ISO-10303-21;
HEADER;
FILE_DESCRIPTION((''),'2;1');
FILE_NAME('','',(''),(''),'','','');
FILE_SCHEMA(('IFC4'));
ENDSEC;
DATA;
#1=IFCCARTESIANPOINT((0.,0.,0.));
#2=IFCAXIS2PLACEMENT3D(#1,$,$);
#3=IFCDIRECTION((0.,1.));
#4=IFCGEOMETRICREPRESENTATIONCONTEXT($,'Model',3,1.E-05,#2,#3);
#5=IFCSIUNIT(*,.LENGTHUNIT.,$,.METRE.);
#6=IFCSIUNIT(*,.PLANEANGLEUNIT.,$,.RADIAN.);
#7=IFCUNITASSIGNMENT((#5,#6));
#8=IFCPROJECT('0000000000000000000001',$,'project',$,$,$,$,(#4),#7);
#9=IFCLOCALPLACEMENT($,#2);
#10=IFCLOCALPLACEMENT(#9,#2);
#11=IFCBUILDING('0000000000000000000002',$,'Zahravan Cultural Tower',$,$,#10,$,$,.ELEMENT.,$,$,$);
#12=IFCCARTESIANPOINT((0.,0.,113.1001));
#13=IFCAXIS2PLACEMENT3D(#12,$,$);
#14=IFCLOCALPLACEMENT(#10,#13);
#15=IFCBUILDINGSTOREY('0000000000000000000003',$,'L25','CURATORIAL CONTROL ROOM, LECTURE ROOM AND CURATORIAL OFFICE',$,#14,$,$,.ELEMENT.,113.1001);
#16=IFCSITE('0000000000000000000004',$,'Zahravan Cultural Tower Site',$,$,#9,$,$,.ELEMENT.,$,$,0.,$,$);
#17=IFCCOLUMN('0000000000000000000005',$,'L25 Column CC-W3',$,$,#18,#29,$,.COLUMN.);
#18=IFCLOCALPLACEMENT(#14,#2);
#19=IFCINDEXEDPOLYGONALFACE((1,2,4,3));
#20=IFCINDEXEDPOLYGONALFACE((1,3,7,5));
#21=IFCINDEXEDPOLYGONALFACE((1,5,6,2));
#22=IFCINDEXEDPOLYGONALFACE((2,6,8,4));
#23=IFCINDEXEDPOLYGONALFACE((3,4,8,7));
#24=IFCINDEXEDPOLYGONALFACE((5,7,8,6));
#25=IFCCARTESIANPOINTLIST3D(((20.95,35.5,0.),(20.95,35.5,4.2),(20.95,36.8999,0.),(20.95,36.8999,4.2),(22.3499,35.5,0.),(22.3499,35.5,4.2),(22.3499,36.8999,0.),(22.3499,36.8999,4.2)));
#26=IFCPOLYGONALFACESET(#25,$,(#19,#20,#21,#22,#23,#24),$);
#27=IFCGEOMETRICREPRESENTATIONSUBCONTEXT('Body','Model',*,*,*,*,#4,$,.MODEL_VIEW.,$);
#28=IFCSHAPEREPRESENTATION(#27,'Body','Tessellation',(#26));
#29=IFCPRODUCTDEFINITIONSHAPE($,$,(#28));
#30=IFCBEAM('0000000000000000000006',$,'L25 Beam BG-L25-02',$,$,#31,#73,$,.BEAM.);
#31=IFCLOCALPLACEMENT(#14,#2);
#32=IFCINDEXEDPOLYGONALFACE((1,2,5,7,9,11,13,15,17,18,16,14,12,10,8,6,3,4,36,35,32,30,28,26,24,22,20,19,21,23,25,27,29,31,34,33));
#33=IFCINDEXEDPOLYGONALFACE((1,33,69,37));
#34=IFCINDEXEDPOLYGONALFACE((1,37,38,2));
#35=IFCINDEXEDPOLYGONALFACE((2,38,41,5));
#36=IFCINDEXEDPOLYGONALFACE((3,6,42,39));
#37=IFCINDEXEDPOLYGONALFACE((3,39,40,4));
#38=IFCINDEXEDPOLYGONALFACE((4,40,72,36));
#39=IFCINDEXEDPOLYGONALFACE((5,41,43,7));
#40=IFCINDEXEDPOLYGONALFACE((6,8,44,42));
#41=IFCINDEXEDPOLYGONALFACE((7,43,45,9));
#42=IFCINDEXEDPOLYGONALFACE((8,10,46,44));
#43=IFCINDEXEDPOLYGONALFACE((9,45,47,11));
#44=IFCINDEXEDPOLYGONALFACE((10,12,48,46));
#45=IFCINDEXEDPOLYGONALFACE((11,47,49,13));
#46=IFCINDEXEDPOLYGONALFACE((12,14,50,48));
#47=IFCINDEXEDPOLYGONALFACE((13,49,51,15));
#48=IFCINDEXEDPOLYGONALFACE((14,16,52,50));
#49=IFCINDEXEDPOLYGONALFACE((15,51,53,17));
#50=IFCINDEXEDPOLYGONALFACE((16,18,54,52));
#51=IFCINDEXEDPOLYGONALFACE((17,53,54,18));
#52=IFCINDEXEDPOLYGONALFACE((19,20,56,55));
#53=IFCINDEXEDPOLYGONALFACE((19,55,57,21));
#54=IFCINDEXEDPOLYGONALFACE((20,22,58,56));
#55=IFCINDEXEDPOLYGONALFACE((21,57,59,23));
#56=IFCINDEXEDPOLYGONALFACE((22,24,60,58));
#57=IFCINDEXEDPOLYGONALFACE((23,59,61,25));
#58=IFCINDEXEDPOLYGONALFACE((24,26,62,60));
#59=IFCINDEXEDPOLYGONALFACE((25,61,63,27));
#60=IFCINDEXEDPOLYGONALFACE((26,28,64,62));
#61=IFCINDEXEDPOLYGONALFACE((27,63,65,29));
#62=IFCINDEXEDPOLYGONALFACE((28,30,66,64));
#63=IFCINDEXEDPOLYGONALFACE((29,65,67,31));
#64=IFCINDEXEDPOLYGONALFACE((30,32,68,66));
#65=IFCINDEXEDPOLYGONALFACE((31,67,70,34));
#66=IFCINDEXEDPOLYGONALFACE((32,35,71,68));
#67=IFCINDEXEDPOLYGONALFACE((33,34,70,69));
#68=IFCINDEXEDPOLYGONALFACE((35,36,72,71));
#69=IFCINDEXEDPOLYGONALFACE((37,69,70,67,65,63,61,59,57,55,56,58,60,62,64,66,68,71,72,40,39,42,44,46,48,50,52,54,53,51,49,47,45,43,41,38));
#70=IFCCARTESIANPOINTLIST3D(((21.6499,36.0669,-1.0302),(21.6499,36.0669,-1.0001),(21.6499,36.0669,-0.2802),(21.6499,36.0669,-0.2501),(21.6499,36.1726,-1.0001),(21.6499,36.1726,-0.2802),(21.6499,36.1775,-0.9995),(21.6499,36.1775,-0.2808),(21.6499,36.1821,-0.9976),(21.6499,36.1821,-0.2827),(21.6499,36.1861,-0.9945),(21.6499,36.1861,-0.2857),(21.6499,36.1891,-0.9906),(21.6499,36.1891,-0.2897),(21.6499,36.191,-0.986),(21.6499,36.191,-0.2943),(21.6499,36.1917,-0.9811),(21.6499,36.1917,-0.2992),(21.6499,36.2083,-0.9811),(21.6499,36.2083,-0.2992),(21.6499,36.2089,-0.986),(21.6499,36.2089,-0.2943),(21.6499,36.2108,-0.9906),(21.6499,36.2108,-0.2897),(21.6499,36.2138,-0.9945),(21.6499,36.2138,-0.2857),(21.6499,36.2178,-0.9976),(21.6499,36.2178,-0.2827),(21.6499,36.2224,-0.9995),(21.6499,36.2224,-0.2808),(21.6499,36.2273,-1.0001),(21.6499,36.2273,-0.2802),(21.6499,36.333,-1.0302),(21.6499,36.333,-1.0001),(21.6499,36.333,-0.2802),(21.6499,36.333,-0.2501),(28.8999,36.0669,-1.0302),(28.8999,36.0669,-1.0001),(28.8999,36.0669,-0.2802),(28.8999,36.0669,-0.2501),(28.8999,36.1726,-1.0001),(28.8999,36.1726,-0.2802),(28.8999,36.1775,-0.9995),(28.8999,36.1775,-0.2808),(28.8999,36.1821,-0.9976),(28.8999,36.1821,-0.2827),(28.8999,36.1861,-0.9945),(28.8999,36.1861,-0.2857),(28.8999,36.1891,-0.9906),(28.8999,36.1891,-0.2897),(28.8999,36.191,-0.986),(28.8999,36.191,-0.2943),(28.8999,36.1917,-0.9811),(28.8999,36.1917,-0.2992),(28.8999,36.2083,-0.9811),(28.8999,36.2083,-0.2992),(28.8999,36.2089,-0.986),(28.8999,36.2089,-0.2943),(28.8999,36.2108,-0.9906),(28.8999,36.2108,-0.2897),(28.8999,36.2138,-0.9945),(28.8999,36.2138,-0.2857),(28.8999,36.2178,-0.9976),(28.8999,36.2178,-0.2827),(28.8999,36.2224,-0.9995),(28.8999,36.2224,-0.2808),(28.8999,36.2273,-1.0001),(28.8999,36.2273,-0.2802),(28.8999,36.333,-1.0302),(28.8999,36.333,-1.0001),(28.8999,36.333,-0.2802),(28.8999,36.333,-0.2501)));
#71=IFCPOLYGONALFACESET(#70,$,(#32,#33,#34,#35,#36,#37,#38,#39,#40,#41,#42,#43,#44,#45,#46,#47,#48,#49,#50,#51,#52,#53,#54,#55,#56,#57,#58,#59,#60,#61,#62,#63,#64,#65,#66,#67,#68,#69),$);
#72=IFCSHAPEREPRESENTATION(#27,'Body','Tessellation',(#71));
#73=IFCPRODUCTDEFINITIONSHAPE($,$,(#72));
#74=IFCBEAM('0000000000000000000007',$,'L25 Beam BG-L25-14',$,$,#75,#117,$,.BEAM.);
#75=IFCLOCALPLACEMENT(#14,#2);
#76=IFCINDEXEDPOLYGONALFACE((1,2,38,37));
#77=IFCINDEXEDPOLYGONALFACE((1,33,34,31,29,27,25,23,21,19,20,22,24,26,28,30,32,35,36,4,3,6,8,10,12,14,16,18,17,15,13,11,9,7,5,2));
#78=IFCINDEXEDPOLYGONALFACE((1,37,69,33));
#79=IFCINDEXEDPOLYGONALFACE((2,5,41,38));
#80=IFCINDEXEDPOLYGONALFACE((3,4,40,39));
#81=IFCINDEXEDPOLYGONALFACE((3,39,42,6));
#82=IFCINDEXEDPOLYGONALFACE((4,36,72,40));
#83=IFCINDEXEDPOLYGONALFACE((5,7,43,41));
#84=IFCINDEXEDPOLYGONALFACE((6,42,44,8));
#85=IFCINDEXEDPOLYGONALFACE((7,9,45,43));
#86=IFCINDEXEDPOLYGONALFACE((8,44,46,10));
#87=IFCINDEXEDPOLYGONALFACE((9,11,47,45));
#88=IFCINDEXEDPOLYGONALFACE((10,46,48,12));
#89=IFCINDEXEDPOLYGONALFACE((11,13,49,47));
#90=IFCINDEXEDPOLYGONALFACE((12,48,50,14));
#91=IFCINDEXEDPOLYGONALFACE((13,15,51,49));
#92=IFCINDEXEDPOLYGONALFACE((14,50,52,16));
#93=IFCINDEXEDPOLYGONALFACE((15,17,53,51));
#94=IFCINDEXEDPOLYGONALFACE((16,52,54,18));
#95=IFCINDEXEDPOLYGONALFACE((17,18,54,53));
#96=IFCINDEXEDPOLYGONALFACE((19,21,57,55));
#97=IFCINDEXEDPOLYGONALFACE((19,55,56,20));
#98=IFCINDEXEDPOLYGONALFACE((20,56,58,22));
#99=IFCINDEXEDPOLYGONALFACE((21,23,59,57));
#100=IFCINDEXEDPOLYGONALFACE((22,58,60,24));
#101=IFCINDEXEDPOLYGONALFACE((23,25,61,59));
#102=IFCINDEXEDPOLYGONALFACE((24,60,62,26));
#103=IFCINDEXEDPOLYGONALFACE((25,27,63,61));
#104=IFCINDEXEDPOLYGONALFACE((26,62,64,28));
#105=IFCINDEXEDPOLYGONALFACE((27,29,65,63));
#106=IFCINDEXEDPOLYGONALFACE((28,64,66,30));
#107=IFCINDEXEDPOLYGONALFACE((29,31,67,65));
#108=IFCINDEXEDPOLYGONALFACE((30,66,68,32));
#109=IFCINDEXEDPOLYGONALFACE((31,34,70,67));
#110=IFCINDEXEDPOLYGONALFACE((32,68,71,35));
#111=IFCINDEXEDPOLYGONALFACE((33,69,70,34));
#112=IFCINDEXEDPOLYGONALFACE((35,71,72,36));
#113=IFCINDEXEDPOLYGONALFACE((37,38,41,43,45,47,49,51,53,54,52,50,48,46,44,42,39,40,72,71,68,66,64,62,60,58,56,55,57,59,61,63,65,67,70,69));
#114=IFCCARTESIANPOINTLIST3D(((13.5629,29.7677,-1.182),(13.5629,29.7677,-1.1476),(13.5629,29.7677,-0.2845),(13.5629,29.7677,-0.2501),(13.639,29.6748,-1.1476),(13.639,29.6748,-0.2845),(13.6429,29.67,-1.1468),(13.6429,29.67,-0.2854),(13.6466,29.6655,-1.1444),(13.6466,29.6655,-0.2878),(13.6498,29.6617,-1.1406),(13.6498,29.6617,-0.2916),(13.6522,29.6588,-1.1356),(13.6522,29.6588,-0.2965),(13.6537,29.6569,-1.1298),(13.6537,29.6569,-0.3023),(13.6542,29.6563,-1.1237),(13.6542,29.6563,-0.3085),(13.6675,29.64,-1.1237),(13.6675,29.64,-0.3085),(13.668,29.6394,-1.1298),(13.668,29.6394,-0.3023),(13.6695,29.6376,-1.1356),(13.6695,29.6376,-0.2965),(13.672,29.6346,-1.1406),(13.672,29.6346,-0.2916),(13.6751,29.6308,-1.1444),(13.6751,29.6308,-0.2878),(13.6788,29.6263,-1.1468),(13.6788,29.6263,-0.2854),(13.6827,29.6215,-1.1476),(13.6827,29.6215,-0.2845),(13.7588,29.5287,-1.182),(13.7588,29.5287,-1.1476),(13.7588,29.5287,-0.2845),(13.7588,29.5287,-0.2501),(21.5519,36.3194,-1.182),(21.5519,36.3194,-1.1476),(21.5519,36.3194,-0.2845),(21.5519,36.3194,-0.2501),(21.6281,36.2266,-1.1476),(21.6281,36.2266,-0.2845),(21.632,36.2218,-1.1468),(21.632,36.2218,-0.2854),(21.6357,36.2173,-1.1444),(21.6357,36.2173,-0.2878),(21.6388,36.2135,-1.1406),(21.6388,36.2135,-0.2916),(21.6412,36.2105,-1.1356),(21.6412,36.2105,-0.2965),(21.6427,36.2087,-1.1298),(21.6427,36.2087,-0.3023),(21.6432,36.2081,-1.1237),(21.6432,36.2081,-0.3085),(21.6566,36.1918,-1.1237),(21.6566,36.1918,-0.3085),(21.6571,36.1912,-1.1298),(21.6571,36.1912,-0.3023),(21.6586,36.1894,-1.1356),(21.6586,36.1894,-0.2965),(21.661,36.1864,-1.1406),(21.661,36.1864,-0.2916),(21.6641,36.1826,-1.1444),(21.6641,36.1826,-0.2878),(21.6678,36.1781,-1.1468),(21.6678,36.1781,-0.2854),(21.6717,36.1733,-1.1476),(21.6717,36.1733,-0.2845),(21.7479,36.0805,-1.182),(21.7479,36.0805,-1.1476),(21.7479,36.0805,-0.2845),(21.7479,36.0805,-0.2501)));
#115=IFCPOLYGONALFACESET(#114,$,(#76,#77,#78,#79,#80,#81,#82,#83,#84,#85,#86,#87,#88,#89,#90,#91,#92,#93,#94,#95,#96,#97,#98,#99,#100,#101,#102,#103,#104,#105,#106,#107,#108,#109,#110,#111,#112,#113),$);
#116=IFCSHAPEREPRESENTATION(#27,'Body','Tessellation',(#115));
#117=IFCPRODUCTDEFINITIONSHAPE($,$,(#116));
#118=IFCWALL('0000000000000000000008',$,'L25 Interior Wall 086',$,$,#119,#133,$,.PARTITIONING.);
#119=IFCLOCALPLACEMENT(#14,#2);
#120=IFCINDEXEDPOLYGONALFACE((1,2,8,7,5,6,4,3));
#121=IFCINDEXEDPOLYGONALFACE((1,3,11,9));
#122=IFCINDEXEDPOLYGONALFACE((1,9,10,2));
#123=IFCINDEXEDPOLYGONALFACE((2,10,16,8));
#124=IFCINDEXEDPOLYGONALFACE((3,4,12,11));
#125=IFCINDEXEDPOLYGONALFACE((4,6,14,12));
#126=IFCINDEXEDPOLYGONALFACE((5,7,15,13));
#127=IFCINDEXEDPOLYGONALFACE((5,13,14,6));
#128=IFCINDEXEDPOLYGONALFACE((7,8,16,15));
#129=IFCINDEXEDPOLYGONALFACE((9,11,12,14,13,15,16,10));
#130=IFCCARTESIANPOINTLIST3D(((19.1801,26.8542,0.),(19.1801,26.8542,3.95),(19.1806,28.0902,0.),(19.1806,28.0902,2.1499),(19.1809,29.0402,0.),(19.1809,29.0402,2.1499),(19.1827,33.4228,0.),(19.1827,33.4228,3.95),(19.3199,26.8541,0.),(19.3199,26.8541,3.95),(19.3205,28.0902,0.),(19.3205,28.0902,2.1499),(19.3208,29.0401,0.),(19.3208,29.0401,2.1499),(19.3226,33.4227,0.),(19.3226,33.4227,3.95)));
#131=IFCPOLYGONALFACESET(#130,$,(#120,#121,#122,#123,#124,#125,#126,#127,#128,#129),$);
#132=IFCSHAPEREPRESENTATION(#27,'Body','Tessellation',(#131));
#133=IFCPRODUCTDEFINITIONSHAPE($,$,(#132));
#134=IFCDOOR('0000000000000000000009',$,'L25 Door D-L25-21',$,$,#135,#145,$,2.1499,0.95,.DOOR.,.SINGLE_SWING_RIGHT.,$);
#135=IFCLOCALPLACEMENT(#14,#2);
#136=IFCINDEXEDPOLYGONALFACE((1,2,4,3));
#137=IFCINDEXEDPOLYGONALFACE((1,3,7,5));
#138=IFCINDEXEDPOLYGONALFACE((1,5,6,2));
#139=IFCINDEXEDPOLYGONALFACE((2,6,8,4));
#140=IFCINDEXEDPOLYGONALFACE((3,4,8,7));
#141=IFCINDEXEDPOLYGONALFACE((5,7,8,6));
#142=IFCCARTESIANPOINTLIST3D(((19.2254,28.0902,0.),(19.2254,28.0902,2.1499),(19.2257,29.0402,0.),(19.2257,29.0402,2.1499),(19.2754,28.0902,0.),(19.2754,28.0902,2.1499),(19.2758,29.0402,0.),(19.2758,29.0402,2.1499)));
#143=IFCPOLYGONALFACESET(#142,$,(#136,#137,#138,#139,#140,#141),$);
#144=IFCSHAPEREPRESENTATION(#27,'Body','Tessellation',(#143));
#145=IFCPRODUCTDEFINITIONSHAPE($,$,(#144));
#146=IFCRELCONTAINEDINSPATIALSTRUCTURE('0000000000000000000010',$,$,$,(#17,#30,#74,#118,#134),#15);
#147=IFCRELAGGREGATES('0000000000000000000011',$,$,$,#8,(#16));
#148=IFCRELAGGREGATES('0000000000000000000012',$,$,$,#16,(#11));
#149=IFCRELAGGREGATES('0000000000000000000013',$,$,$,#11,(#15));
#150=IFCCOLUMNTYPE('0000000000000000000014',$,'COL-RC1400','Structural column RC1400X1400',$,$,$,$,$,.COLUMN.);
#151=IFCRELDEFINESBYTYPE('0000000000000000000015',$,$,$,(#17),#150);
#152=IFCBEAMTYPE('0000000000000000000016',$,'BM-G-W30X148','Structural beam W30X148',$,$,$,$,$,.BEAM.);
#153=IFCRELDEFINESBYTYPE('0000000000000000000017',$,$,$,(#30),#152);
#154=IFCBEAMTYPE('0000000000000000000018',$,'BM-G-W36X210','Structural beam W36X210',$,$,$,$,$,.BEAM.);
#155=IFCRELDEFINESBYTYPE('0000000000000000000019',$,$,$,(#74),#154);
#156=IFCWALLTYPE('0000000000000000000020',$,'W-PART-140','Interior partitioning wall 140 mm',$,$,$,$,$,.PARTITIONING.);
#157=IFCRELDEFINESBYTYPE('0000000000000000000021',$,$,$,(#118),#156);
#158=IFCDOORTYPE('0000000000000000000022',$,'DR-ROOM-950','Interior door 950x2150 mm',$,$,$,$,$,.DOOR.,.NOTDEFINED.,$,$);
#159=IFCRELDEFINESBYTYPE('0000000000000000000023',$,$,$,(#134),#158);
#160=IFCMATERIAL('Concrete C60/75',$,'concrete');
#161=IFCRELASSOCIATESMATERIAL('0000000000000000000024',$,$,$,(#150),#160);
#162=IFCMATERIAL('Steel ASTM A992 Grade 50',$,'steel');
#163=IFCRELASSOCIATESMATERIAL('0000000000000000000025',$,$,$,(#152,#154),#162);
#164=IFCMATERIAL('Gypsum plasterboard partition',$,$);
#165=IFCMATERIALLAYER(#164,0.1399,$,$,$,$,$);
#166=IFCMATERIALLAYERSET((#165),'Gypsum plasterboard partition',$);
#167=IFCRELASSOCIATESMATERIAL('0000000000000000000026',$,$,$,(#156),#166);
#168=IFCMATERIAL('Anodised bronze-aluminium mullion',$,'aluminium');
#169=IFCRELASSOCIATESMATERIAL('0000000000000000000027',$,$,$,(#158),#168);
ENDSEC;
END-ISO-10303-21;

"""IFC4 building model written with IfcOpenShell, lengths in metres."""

from ifc_helpers import new_model, si_unit, direction, frame, frame_2d, origin, origin_2d, place, context, subcontext, project, spatial, rectangle, i_section, extrude, source, transform, mapped, material, layer, layer_set, material_profile, profile_set, type_object, element, fill, save


model = new_model("IFC4")

# Units and contexts
model_context = context("Model", 3, precision=1e-05, world=origin(), true_north=direction((0.0, 1.0)))
body_context = subcontext(model_context, "Body", "Model", "MODEL_VIEW")
ifc_project = project(units=[si_unit("LENGTHUNIT", "METRE"), si_unit("PLANEANGLEUNIT", "RADIAN")], contexts=[model_context])

# Site, building, storey
site_placement = place(None, origin())
site = spatial("IfcSite", under=ifc_project, at=site_placement, Name="Zahravan Cultural Tower Site", CompositionType="ELEMENT", RefElevation=0.0)
building_placement = place(site_placement, origin())
building = spatial("IfcBuilding", under=site, at=building_placement, Name="Zahravan Cultural Tower", CompositionType="ELEMENT")
storey_placement = place(building_placement, frame((0.0, 0.0, 113.1001)))
storey = spatial("IfcBuildingStorey", under=building, at=storey_placement, Name="L25", Description="CURATORIAL CONTROL ROOM, LECTURE ROOM AND CURATORIAL OFFICE", CompositionType="ELEMENT", Elevation=113.1001)

# Column
ifc_material_1 = material(Name="Concrete C60/75", Category="concrete")
ifc_material_profile_1 = material_profile(ifc_material_1, rectangle(XDim=1.3999, YDim=1.3999, at=origin_2d()), Name="RC1400X1400")
ifc_profile_set_1 = profile_set([ifc_material_profile_1], Name="Concrete C60/75")
column_type = type_object("IfcColumnType", Name="COL-RC1400", Description="Structural column RC1400X1400", PredefinedType="COLUMN", material=ifc_profile_set_1)
shared_shape_1 = source(origin(), body_context, "Body", "SweptSolid", [
    extrude(rectangle(XDim=1.3999, YDim=1.3999, at=origin_2d()), origin(), (0.0, 0.0, 1.0), 4.2),
])
column_placement = place(storey_placement, frame((21.6499, 36.2, 0.0), z_axis=(0.0, 0.0, 1.0), x_axis=(1.0, 0.0, 0.0)))
element("IfcColumn", 1, at=column_placement, inside=storey, type_object=column_type, Name="L25 Column CC-W3", PredefinedType="COLUMN", context=body_context, shape_type="MappedRepresentation", body=[
    mapped(shared_shape_1, transform((0.0, 0.0, 0.0), x_axis=(1.0, 0.0, 0.0), y_axis=(0.0, 1.0, 0.0), z_axis=(0.0, 0.0, 1.0), scale=1.0)),
])

# Beams
ifc_material_2 = material(Name="Steel ASTM A992 Grade 50", Category="steel")
ifc_material_profile_2 = material_profile(ifc_material_2, i_section(OverallWidth=0.2661, OverallDepth=0.78, WebThickness=0.0166, FlangeThickness=0.03, FilletRadius=0.019, at=origin_2d()), Name="W30X148")
ifc_profile_set_2 = profile_set([ifc_material_profile_2], Name="Steel ASTM A992 Grade 50")
beam_type_1 = type_object("IfcBeamType", Name="BM-G-W30X148", Description="Structural beam W30X148", PredefinedType="BEAM", material=ifc_profile_set_2)
shared_shape_2 = source(origin(), body_context, "Body", "SweptSolid", [
    extrude(i_section(OverallWidth=0.2661, OverallDepth=0.78, WebThickness=0.0166, FlangeThickness=0.03, FilletRadius=0.019, at=origin_2d()), origin(), (0.0, 0.0, 1.0), 7.25),
])
beam_1_placement = place(storey_placement, frame((21.6499, 36.2, -0.6401), z_axis=(1.0, 0.0, 0.0), x_axis=(0.0, 1.0, 0.0)))
element("IfcBeam", 2, at=beam_1_placement, inside=storey, type_object=beam_type_1, Name="L25 Beam BG-L25-02", PredefinedType="BEAM", context=body_context, shape_type="MappedRepresentation", body=[
    mapped(shared_shape_2, transform((0.0, 0.0, 0.0), x_axis=(1.0, 0.0, 0.0), y_axis=(0.0, 1.0, 0.0), z_axis=(0.0, 0.0, 1.0), scale=1.0)),
])
ifc_material_profile_3 = material_profile(ifc_material_2, i_section(OverallWidth=0.3091, OverallDepth=0.9319, WebThickness=0.021, FlangeThickness=0.0344, FilletRadius=0.0239, at=origin_2d()), Name="W36X210")
ifc_profile_set_3 = profile_set([ifc_material_profile_3], Name="Steel ASTM A992 Grade 50")
beam_type_2 = type_object("IfcBeamType", Name="BM-G-W36X210", Description="Structural beam W36X210", PredefinedType="BEAM", material=ifc_profile_set_3)
shared_shape_3 = source(origin(), body_context, "Body", "SweptSolid", [
    extrude(i_section(OverallWidth=0.3091, OverallDepth=0.9319, WebThickness=0.021, FlangeThickness=0.0344, FilletRadius=0.0239, at=origin_2d()), origin(), (0.0, 0.0, 1.0), 10.332),
])
beam_2_placement = place(storey_placement, frame((21.6499, 36.2, -0.7161), z_axis=(-0.773231, -0.634124, 0.0), x_axis=(0.634124, -0.773231, 0.0)))
element("IfcBeam", 3, at=beam_2_placement, inside=storey, type_object=beam_type_2, Name="L25 Beam BG-L25-14", PredefinedType="BEAM", context=body_context, shape_type="MappedRepresentation", body=[
    mapped(shared_shape_3, transform((0.0, 0.0, 0.0), x_axis=(1.0, 0.0, 0.0), y_axis=(0.0, 1.0, 0.0), z_axis=(0.0, 0.0, 1.0), scale=1.0)),
])

# Wall, opening, door
ifc_material_3 = material(Name="Gypsum plasterboard partition")
ifc_layer_1 = layer(ifc_material_3, 0.1399)
ifc_layer_set_1 = layer_set([ifc_layer_1], Name="Gypsum plasterboard partition")
wall_type_1 = type_object("IfcWallType", Name="W-PART-140", Description="Interior partitioning wall 140 mm", PredefinedType="PARTITIONING", material=ifc_layer_set_1)
wall_1_placement = place(storey_placement, frame((19.2527, 33.4226, 0.0), z_axis=(0.0, 0.0, 1.0), x_axis=(-0.000409, -1.0, 0.0)))
wall_1 = element("IfcWall", 4, at=wall_1_placement, inside=storey, type_object=wall_type_1, Name="L25 Interior Wall 086", PredefinedType="PARTITIONING", context=body_context, shape_type="SweptSolid", body=[
    extrude(rectangle(XDim=6.5686, YDim=0.1399, at=frame_2d((3.2842, 0.0))), origin(), (0.0, 0.0, 1.0), 3.95),
])
opening_1_placement = place(wall_1_placement, frame((4.3823, 0.0, 0.0)))
opening_1 = element("IfcOpeningElement", 5, at=opening_1_placement, cuts=wall_1, PredefinedType="OPENING", context=body_context, shape_type="SweptSolid", body=[
    extrude(rectangle(XDim=0.95, YDim=2.1499, at=frame_2d((0.4751, 1.075))), frame((0.0, 0.0798, 0.0), z_axis=(0.0, -1.0, 0.0), x_axis=(1.0, 0.0, 0.0)), (0.0, 0.0, 1.0), 0.1599),
])
ifc_material_4 = material(Name="Anodised bronze-aluminium mullion", Category="aluminium")
door_type_1 = type_object("IfcDoorType", Name="DR-ROOM-950", Description="Interior door 950x2150 mm", OperationType="NOTDEFINED", PredefinedType="DOOR", material=ifc_material_4)
shared_shape_4 = source(origin(), body_context, "Body", "SweptSolid", [
    extrude(rectangle(XDim=0.95, YDim=2.1499, at=frame_2d((0.4751, 1.075))), frame((0.0, 0.0249, 0.0), z_axis=(0.0, -1.0, 0.0), x_axis=(1.0, 0.0, 0.0)), (0.0, 0.0, 1.0), 0.05),
])
door_1_placement = place(opening_1_placement, origin())
door_1 = element("IfcDoor", 6, at=door_1_placement, inside=storey, type_object=door_type_1, Name="L25 Door D-L25-21", OperationType="SINGLE_SWING_RIGHT", OverallHeight=2.1499, OverallWidth=0.95, PredefinedType="DOOR", context=body_context, shape_type="MappedRepresentation", body=[
    mapped(shared_shape_4, transform((0.0, 0.0, 0.0), x_axis=(1.0, 0.0, 0.0), y_axis=(0.0, 1.0, 0.0), z_axis=(0.0, 0.0, 1.0), scale=1.0)),
])
fill(opening_1, door_1)

save(model, "model.ifc")
